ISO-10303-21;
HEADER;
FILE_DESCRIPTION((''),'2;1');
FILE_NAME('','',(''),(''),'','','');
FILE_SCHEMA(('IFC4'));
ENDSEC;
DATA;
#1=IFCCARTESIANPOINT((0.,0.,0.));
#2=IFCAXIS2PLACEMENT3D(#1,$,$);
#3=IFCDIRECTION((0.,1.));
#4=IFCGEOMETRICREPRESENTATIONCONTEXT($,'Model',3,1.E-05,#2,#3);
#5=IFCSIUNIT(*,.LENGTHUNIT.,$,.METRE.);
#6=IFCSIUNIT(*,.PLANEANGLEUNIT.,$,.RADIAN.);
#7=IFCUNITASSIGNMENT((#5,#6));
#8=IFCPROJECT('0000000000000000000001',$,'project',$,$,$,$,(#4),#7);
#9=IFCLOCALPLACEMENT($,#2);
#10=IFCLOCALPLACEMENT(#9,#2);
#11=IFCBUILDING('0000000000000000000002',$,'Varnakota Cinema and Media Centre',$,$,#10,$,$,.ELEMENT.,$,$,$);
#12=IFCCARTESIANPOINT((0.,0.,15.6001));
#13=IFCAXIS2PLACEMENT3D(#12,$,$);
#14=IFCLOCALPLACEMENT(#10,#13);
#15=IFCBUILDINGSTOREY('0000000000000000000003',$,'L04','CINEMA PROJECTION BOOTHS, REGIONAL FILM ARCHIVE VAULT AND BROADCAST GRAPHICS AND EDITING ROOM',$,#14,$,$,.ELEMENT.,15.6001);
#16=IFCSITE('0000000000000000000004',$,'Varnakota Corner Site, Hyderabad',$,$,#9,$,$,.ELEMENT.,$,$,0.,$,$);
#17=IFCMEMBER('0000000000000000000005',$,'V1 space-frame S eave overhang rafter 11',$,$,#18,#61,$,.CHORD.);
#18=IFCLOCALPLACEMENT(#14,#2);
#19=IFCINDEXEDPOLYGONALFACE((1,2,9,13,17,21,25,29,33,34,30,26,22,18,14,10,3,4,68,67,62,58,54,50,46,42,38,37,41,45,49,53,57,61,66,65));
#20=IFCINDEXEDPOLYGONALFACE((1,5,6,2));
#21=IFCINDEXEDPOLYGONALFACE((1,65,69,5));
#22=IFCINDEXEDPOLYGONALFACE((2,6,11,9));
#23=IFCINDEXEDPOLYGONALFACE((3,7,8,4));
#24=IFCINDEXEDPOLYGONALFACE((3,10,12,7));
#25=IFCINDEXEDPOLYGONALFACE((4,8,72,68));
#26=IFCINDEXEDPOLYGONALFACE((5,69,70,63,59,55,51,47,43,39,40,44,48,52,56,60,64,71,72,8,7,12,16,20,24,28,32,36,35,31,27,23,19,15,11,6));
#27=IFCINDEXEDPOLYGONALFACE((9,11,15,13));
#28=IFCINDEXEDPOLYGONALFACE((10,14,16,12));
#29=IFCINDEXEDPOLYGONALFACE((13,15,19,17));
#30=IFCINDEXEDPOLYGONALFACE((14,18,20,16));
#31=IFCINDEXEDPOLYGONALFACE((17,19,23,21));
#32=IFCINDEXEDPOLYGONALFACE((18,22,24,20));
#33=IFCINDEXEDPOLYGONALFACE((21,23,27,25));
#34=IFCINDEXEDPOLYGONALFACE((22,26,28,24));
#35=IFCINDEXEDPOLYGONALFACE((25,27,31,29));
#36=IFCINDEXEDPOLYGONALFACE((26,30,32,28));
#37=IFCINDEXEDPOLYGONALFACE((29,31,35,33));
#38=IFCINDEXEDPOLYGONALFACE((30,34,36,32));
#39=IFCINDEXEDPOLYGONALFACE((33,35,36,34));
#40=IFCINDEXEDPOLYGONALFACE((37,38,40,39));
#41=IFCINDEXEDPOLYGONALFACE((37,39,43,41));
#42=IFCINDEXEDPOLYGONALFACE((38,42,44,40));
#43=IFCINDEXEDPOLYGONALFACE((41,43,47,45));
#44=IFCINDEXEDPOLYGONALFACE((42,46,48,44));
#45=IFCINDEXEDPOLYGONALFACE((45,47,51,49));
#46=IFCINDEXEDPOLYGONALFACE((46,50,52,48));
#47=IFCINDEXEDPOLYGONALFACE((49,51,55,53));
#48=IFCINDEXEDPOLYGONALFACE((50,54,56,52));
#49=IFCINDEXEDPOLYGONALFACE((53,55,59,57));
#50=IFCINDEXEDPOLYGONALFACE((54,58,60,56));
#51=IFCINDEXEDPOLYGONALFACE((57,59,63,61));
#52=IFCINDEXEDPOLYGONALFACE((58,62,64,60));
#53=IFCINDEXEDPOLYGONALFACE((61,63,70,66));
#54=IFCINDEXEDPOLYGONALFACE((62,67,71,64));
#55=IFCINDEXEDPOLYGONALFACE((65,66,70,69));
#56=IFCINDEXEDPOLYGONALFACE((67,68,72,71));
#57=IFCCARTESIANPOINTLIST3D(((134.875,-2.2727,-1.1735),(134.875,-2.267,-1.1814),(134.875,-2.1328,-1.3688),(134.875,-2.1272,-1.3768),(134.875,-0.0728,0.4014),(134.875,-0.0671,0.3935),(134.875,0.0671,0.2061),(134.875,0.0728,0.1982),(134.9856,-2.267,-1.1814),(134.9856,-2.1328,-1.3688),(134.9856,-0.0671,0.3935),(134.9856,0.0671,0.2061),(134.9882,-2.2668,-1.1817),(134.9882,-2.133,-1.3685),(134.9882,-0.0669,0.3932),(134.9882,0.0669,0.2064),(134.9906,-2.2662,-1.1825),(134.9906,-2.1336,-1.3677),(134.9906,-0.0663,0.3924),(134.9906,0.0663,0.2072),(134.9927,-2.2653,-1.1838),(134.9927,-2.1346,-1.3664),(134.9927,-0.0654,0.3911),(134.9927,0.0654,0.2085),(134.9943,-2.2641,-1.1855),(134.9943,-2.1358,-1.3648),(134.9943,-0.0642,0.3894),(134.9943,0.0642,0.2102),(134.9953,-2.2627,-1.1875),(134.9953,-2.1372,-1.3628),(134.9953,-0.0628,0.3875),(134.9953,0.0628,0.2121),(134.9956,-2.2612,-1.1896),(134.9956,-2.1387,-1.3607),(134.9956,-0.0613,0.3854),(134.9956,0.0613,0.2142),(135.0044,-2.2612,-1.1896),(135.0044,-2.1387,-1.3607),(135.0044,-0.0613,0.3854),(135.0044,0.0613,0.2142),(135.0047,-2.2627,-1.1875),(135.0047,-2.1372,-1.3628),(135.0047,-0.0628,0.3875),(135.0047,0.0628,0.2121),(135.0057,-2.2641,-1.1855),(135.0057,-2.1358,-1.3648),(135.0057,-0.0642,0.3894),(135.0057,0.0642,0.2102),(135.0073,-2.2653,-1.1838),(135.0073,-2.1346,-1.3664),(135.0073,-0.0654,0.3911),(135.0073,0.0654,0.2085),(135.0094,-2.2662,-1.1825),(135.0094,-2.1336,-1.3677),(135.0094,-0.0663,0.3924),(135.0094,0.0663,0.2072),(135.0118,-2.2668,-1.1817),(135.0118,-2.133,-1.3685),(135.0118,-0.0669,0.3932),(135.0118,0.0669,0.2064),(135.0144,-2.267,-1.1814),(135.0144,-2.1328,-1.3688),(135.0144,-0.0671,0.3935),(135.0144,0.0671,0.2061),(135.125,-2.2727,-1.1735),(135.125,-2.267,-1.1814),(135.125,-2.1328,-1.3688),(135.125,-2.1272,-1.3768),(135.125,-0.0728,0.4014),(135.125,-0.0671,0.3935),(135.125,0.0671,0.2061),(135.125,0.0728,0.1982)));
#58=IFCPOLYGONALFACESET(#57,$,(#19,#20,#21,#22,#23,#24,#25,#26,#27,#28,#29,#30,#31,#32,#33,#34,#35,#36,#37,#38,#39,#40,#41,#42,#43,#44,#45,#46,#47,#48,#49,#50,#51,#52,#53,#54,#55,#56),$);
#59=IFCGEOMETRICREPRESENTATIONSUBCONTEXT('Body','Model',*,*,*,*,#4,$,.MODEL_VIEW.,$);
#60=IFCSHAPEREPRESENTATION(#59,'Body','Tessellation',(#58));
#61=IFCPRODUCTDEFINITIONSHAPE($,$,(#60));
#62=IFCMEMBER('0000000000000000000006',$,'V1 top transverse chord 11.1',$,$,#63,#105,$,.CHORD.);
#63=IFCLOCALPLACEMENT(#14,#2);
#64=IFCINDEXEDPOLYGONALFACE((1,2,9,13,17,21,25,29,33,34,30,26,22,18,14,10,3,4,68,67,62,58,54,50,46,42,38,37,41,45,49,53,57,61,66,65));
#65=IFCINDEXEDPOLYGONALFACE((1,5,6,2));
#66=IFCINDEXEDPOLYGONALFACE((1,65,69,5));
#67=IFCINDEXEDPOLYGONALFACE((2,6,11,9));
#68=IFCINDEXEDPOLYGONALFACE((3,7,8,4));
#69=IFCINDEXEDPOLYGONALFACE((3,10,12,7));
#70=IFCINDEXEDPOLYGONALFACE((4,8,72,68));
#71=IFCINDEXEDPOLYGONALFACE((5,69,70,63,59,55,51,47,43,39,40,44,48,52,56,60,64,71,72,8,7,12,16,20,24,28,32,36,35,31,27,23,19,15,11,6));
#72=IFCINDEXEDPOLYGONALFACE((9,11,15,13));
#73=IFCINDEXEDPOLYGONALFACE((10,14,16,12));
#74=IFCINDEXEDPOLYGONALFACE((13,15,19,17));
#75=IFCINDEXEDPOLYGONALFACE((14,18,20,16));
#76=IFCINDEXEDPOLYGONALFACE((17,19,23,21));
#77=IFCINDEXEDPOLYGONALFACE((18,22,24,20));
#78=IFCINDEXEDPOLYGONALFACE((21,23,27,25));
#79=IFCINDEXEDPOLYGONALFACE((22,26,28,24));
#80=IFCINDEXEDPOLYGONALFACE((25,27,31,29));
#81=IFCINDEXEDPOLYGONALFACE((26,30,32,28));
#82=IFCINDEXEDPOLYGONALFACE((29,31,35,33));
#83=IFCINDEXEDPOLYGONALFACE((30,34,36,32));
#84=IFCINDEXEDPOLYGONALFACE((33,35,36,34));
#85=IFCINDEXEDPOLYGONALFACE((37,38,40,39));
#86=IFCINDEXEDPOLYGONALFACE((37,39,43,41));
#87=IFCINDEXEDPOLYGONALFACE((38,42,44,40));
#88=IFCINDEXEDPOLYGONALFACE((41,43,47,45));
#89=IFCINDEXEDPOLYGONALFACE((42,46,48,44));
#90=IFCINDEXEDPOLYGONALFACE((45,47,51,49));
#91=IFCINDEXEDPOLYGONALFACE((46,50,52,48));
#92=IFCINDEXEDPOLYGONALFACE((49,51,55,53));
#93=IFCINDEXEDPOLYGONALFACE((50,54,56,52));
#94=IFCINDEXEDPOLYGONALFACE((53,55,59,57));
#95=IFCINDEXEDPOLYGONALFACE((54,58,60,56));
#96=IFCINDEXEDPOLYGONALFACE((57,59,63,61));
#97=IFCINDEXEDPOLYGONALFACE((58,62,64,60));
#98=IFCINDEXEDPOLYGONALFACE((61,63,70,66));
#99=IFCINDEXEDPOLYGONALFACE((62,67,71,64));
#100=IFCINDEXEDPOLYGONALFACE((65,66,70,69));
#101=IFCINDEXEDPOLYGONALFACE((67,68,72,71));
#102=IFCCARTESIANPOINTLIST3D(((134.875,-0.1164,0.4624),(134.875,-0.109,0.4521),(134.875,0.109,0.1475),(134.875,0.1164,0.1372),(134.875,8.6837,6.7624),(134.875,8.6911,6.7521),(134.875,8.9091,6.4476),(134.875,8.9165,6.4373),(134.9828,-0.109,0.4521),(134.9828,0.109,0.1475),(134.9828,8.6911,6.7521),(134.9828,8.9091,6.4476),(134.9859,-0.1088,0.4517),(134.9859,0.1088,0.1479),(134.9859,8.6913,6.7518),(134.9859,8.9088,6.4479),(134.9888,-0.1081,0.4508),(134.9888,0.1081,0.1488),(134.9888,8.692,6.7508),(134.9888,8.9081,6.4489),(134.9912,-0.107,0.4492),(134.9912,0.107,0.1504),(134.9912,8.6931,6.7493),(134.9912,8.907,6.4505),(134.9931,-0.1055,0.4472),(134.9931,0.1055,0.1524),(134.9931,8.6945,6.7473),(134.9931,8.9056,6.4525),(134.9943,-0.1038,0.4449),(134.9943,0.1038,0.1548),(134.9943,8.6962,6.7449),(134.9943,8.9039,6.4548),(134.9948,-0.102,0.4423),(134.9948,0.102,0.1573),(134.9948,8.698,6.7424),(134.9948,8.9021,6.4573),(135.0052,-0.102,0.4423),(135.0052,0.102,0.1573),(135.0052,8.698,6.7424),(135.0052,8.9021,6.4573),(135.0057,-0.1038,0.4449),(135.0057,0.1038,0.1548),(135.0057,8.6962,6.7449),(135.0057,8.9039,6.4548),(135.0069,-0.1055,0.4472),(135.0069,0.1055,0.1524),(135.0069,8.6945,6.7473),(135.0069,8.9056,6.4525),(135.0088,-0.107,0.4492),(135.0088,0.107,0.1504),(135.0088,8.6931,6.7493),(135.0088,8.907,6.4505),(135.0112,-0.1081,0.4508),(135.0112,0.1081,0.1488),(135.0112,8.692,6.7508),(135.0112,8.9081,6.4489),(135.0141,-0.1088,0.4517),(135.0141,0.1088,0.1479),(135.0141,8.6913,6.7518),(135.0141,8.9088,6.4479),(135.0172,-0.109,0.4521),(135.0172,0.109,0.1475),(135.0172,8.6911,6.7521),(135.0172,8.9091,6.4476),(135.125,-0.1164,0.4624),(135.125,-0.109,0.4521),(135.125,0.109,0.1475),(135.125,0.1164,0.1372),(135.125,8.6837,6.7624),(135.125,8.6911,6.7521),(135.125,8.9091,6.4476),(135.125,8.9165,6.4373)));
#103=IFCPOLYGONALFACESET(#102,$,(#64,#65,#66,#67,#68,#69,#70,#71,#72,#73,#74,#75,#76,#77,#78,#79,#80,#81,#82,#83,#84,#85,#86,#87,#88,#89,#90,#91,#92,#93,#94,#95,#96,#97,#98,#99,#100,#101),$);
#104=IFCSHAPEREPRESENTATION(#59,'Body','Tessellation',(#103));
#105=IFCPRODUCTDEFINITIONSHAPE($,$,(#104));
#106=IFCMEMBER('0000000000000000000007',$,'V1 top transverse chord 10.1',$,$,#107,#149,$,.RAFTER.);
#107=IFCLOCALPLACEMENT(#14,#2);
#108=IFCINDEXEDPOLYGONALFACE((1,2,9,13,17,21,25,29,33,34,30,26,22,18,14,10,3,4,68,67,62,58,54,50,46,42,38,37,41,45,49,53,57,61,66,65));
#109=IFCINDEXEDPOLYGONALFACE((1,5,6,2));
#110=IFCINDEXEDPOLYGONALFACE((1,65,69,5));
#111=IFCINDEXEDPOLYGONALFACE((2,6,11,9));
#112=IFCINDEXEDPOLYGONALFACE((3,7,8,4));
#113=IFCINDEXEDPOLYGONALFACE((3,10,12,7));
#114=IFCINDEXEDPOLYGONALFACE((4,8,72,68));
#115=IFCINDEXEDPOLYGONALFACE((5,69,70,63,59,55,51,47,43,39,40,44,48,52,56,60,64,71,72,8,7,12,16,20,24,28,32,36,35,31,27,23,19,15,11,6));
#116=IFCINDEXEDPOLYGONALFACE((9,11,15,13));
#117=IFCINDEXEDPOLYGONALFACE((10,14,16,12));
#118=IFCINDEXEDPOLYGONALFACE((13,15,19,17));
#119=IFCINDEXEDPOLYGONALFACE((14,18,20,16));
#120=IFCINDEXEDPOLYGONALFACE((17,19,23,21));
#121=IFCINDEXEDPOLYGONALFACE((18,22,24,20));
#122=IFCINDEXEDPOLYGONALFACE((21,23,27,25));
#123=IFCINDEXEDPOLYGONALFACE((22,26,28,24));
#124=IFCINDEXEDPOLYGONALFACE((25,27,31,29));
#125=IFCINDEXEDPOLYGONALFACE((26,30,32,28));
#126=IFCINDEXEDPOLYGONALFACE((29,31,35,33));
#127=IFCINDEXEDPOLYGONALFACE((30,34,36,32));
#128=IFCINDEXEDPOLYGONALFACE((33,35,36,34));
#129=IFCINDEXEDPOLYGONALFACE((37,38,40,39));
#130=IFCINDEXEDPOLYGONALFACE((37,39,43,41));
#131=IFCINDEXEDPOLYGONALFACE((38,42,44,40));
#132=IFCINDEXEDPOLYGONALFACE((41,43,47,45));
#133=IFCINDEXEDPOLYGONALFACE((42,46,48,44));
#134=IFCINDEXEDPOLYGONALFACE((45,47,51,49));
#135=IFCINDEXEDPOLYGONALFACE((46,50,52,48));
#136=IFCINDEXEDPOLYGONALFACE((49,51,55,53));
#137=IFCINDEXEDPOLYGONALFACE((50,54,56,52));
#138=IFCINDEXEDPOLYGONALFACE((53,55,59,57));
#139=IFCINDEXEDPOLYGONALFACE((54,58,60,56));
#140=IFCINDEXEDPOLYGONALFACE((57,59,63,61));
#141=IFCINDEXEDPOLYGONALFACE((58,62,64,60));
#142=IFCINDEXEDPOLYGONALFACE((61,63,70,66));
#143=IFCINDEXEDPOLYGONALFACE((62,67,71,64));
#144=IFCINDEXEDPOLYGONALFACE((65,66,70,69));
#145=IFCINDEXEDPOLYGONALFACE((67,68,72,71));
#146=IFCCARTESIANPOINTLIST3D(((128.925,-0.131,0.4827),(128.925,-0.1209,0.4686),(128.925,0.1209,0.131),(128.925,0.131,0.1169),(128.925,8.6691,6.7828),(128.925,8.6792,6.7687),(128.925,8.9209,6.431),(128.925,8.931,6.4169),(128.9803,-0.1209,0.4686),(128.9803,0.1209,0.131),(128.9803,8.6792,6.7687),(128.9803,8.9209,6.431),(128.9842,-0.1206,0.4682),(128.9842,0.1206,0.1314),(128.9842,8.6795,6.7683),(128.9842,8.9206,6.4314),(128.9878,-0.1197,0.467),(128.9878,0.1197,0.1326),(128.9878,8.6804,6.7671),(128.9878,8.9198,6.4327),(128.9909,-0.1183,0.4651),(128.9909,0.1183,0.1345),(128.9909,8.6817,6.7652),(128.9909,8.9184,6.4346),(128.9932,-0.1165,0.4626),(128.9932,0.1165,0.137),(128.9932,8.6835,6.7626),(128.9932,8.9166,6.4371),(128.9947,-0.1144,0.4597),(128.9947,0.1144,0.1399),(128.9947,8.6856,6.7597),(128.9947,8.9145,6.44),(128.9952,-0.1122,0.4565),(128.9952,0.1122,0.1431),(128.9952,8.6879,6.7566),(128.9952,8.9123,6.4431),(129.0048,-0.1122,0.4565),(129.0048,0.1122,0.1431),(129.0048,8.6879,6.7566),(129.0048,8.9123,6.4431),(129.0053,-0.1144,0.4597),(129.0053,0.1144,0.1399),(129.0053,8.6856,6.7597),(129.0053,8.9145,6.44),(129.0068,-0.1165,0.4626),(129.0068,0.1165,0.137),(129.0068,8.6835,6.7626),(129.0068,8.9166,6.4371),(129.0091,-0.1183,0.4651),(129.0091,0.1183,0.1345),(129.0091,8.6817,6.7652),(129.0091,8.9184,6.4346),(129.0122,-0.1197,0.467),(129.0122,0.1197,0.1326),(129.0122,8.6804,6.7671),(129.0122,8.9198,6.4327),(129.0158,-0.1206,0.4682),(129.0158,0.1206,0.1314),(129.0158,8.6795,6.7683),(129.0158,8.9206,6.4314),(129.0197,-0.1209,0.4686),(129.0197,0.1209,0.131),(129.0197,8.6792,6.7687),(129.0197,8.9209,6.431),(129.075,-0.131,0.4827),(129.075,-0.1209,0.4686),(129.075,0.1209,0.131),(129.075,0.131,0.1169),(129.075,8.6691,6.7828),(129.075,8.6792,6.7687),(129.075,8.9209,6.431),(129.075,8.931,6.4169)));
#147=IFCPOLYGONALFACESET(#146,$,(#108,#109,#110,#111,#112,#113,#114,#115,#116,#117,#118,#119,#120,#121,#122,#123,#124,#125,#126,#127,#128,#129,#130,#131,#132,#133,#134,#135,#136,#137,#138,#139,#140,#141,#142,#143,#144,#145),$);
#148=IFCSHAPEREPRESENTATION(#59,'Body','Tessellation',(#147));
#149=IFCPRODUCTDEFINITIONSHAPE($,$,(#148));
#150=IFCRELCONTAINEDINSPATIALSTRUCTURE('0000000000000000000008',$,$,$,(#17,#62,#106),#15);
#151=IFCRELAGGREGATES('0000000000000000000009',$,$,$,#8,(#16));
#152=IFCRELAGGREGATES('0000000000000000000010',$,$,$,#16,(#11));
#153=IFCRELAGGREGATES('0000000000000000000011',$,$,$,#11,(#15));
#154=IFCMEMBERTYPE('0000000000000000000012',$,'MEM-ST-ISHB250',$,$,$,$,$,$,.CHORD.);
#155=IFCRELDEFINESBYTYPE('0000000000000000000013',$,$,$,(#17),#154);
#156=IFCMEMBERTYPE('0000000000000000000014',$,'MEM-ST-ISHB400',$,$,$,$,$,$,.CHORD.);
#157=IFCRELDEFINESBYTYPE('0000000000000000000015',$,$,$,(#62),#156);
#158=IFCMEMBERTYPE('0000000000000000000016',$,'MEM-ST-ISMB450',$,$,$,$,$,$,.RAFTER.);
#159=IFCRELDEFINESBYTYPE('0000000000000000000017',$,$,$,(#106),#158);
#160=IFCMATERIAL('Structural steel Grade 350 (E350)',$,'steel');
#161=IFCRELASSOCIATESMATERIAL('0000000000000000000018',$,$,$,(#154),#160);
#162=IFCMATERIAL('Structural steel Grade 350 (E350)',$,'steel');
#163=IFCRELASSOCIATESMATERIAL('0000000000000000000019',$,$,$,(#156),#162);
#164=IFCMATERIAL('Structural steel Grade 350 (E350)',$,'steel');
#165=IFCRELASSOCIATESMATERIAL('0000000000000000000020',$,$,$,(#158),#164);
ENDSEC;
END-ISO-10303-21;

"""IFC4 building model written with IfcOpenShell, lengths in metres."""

from ifc_helpers import new_model, si_unit, direction, frame, origin, origin_2d, place, context, subcontext, project, spatial, i_section, extrude, material, material_profile, profile_set, type_object, element, save


model = new_model("IFC4")

# Units and contexts
model_context = context("Model", 3, precision=1e-05, world=origin(), true_north=direction((0.0, 1.0)))
body_context = subcontext(model_context, "Body", "Model", "MODEL_VIEW")
ifc_project = project(units=[si_unit("LENGTHUNIT", "METRE"), si_unit("PLANEANGLEUNIT", "RADIAN")], contexts=[model_context])

# Site, building, storey
site_placement = place(None, origin())
site = spatial("IfcSite", under=ifc_project, at=site_placement, Name="Varnakota Corner Site, Hyderabad", CompositionType="ELEMENT", RefElevation=0.0)
building_placement = place(site_placement, origin())
building = spatial("IfcBuilding", under=site, at=building_placement, Name="Varnakota Cinema and Media Centre", CompositionType="ELEMENT")
storey_placement = place(building_placement, frame((0.0, 0.0, 15.6001)))
storey = spatial("IfcBuildingStorey", under=building, at=storey_placement, Name="L04", Description="CINEMA PROJECTION BOOTHS, REGIONAL FILM ARCHIVE VAULT AND BROADCAST GRAPHICS AND EDITING ROOM", CompositionType="ELEMENT", Elevation=15.6001)

# Members
ifc_material_1 = material(Name="Structural steel Grade 350 (E350)", Category="steel")
ifc_material_profile_1 = material_profile(ifc_material_1, i_section(OverallWidth=0.25, OverallDepth=0.25, WebThickness=0.0088, FlangeThickness=0.0098, FilletRadius=0.01, at=origin_2d()), Name="ISHB 250")
ifc_profile_set_1 = profile_set([ifc_material_profile_1], Name="Structural steel Grade 350 (E350)")
member_type_1 = type_object("IfcMemberType", Name="MEM-ST-ISHB250", PredefinedType="CHORD", material=ifc_profile_set_1)
for number, where, z_axis, x_axis, name in (
    (1, (135.0, 0.0, 0.2998), (0.0, -0.813111, -0.582109), (1.0, 0.0, 0.0), "V1 space-frame S eave overhang rafter 11"),
):
    element("IfcMember", number, at=place(storey_placement, frame(where, z_axis=z_axis, x_axis=x_axis)), inside=storey, type_object=member_type_1, Name=name, PredefinedType="CHORD", context=body_context, shape_type="SweptSolid", body=[
        extrude(i_section(OverallWidth=0.25, OverallDepth=0.25, WebThickness=0.0088, FlangeThickness=0.0098, FilletRadius=0.01, at=origin_2d()), origin(), (0.0, 0.0, 1.0), 2.7056),
    ])
ifc_material_2 = material(Name="Structural steel Grade 350 (E350)", Category="steel")
ifc_material_profile_2 = material_profile(ifc_material_2, i_section(OverallWidth=0.25, OverallDepth=0.3999, WebThickness=0.0105, FlangeThickness=0.0127, FilletRadius=0.012, at=origin_2d()), Name="ISHB 400")
ifc_profile_set_2 = profile_set([ifc_material_profile_2], Name="Structural steel Grade 350 (E350)")
member_type_2 = type_object("IfcMemberType", Name="MEM-ST-ISHB400", PredefinedType="CHORD", material=ifc_profile_set_2)
member_1_placement = place(storey_placement, frame((135.0, 0.0, 0.2998), z_axis=(0.0, 0.813108, 0.582113), x_axis=(-1.0, 0.0, 0.0)))
element("IfcMember", 2, at=member_1_placement, inside=storey, type_object=member_type_2, Name="V1 top transverse chord 11.1", PredefinedType="CHORD", context=body_context, shape_type="SweptSolid", body=[
    extrude(i_section(OverallWidth=0.25, OverallDepth=0.3999, WebThickness=0.0105, FlangeThickness=0.0127, FilletRadius=0.012, at=origin_2d()), origin(), (0.0, 0.0, 1.0), 10.8228),
])
ifc_material_3 = material(Name="Structural steel Grade 350 (E350)", Category="steel")
ifc_material_profile_3 = material_profile(ifc_material_3, i_section(OverallWidth=0.1499, OverallDepth=0.45, WebThickness=0.0095, FlangeThickness=0.0173, FilletRadius=0.0149, at=origin_2d()), Name="ISMB 450")
ifc_profile_set_3 = profile_set([ifc_material_profile_3], Name="Structural steel Grade 350 (E350)")
member_type_3 = type_object("IfcMemberType", Name="MEM-ST-ISMB450", PredefinedType="RAFTER", material=ifc_profile_set_3)
member_2_placement = place(storey_placement, frame((129.0, 0.0, 0.2998), z_axis=(0.0, 0.813108, 0.582113), x_axis=(-1.0, 0.0, 0.0)))
element("IfcMember", 3, at=member_2_placement, inside=storey, type_object=member_type_3, Name="V1 top transverse chord 10.1", PredefinedType="RAFTER", context=body_context, shape_type="SweptSolid", body=[
    extrude(i_section(OverallWidth=0.1499, OverallDepth=0.45, WebThickness=0.0095, FlangeThickness=0.0173, FilletRadius=0.0149, at=origin_2d()), origin(), (0.0, 0.0, 1.0), 10.8228),
])

save(model, "model.ifc")
